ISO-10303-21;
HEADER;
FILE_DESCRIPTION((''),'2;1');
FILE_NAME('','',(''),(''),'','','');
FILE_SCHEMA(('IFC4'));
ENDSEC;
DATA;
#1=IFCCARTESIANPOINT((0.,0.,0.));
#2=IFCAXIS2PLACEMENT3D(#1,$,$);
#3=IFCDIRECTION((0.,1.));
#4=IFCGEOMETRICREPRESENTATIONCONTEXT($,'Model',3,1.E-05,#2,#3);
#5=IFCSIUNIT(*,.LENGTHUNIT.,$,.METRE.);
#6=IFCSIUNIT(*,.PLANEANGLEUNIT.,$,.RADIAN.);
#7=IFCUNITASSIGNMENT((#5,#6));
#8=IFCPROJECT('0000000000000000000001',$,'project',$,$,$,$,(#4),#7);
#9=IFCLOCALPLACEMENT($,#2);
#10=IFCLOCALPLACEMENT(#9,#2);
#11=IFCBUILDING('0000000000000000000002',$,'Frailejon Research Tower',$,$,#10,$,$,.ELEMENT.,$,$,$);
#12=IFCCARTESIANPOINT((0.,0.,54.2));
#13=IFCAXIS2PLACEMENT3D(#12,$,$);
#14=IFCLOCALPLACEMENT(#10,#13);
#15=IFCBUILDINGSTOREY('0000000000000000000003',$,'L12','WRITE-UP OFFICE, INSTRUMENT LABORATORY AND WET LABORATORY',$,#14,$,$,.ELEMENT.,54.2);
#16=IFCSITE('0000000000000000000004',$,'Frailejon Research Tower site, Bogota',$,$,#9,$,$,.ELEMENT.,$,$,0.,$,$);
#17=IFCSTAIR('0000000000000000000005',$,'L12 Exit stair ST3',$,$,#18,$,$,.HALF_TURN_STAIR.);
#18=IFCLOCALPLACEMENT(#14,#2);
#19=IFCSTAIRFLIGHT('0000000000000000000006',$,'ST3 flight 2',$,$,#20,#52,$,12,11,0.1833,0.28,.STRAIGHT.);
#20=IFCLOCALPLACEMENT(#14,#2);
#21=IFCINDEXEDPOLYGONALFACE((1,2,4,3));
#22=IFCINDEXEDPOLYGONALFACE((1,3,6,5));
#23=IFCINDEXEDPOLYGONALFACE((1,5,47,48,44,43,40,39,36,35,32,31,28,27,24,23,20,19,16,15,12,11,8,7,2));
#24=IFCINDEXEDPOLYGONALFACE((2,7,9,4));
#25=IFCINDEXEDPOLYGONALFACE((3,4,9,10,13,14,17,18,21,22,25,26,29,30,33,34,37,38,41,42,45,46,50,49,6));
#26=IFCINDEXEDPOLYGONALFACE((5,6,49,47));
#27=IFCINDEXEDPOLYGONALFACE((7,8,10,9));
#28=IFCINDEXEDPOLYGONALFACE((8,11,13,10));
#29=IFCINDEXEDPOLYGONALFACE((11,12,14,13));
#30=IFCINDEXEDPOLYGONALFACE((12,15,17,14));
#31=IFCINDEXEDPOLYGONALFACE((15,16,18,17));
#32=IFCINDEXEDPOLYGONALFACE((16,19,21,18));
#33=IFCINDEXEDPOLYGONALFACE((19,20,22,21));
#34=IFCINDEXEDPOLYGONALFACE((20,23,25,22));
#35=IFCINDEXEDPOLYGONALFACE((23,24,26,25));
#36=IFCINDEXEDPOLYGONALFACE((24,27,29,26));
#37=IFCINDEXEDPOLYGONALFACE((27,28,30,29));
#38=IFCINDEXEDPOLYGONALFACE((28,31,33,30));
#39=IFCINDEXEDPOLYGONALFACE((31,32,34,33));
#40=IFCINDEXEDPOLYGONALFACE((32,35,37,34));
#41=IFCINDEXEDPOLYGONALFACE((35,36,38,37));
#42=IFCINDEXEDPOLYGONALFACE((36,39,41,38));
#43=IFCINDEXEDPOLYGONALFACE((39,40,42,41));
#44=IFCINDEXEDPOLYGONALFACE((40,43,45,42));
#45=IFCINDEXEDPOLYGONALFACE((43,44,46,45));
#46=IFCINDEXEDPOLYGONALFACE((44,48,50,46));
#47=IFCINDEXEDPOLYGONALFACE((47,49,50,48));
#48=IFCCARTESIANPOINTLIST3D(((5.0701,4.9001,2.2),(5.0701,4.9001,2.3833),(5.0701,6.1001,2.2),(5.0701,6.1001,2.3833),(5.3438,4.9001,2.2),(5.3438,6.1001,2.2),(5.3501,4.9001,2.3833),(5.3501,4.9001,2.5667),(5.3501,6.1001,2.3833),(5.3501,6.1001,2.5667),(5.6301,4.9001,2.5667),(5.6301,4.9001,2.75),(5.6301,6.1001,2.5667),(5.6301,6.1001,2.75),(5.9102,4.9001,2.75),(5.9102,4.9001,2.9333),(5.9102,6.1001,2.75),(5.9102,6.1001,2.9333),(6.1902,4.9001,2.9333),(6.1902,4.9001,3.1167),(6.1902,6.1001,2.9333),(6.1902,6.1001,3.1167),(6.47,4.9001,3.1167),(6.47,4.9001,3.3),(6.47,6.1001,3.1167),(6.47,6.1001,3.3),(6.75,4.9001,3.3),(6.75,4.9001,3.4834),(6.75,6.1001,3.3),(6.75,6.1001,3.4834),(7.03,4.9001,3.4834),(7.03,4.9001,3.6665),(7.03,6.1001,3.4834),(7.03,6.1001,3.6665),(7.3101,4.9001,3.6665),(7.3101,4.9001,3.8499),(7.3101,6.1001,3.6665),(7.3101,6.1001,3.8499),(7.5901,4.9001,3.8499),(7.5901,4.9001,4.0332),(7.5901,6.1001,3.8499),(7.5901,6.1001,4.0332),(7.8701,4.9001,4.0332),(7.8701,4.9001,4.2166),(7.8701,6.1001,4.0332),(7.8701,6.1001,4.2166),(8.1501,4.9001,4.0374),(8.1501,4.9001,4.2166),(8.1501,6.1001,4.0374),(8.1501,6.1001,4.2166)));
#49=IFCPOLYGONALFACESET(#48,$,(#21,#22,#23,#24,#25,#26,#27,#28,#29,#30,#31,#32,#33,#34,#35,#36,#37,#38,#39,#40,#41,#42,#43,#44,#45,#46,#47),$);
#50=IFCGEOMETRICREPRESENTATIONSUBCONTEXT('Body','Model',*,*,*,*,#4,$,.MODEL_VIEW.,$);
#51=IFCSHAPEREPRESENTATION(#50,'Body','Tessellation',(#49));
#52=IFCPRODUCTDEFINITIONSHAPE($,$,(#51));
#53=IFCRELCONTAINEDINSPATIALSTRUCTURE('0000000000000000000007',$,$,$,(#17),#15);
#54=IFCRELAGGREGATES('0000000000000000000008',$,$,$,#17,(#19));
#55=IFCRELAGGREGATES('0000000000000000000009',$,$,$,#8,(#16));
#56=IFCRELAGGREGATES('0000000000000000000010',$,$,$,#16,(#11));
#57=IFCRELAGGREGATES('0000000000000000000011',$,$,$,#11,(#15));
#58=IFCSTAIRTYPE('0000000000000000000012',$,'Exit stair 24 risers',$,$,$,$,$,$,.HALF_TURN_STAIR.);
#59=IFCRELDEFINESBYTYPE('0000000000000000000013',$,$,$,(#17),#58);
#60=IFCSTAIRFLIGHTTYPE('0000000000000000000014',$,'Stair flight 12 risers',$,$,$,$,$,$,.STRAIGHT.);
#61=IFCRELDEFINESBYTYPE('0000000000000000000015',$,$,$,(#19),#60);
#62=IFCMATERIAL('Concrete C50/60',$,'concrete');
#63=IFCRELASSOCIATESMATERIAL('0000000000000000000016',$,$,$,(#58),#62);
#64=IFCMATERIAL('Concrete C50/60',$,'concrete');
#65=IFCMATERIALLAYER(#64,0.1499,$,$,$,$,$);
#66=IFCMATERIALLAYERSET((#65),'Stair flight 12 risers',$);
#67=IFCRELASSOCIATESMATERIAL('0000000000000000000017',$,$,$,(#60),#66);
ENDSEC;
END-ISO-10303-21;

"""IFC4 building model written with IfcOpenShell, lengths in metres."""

from ifc_helpers import new_model, si_unit, direction, frame, origin, place, context, subcontext, project, spatial, polyline, outline, extrude, material, layer, layer_set, type_object, element, aggregate, save


model = new_model("IFC4")

# Units and contexts
model_context = context("Model", 3, precision=1e-05, world=origin(), true_north=direction((0.0, 1.0)))
body_context = subcontext(model_context, "Body", "Model", "MODEL_VIEW")
ifc_project = project(units=[si_unit("LENGTHUNIT", "METRE"), si_unit("PLANEANGLEUNIT", "RADIAN")], contexts=[model_context])

# Site, building, storey
site_placement = place(None, origin())
site = spatial("IfcSite", under=ifc_project, at=site_placement, Name="Frailejon Research Tower site, Bogota", CompositionType="ELEMENT", RefElevation=0.0)
building_placement = place(site_placement, origin())
building = spatial("IfcBuilding", under=site, at=building_placement, Name="Frailejon Research Tower", CompositionType="ELEMENT")
storey_placement = place(building_placement, frame((0.0, 0.0, 54.2)))
storey = spatial("IfcBuildingStorey", under=building, at=storey_placement, Name="L12", Description="WRITE-UP OFFICE, INSTRUMENT LABORATORY AND WET LABORATORY", CompositionType="ELEMENT", Elevation=54.2)

# Stair
ifc_material_1 = material(Name="Concrete C50/60", Category="concrete")
stair_type = type_object("IfcStairType", Name="Exit stair 24 risers", PredefinedType="HALF_TURN_STAIR", material=ifc_material_1)
stair_1_placement = place(storey_placement, origin())
stair_1 = element("IfcStair", 1, at=stair_1_placement, inside=storey, type_object=stair_type, Name="L12 Exit stair ST3", PredefinedType="HALF_TURN_STAIR")

# Stair flight
ifc_material_2 = material(Name="Concrete C50/60", Category="concrete")
ifc_layer_1 = layer(ifc_material_2, 0.1499)
ifc_layer_set_1 = layer_set([ifc_layer_1], Name="Stair flight 12 risers")
stair_flight_type = type_object("IfcStairFlightType", Name="Stair flight 12 risers", PredefinedType="STRAIGHT", material=ifc_layer_set_1)
stair_flight_1_placement = place(storey_placement, frame((5.0701, 5.5, 2.2), z_axis=(0.0, 0.0, 1.0), x_axis=(1.0, 0.0, 0.0)))
stair_flight_1 = element("IfcStairFlight", 2, at=stair_flight_1_placement, type_object=stair_flight_type, Name="ST3 flight 2", NumberOfRisers=12, NumberOfTreads=11, PredefinedType="STRAIGHT", RiserHeight=0.1833, TreadLength=0.28, context=body_context, shape_type="SweptSolid", body=[
    extrude(outline(polyline([(0.0, 0.0), (0.0, 0.1833), (0.28, 0.1833), (0.28, 0.3667), (0.5601, 0.3667), (0.5601, 0.55), (0.8401, 0.55), (0.8401, 0.7334), (1.1201, 0.7334), (1.1201, 0.9167), (1.3999, 0.9167), (1.3999, 1.1001), (1.6799, 1.1001), (1.6799, 1.2834), (1.96, 1.2834), (1.96, 1.4666), (2.24, 1.4666), (2.24, 1.6499), (2.52, 1.6499), (2.52, 1.8333), (2.8, 1.8333), (2.8, 2.0166), (3.0801, 2.0166), (3.0801, 2.2), (3.0801, 1.8374), (0.2737, 0.0), (0.0, 0.0)])), frame((0.0, 0.6001, 0.0), z_axis=(0.0, -1.0, 0.0), x_axis=(1.0, 0.0, 0.0)), (0.0, 0.0, 1.0), 1.2),
])
aggregate(stair_1, [stair_flight_1])

save(model, "model.ifc")
